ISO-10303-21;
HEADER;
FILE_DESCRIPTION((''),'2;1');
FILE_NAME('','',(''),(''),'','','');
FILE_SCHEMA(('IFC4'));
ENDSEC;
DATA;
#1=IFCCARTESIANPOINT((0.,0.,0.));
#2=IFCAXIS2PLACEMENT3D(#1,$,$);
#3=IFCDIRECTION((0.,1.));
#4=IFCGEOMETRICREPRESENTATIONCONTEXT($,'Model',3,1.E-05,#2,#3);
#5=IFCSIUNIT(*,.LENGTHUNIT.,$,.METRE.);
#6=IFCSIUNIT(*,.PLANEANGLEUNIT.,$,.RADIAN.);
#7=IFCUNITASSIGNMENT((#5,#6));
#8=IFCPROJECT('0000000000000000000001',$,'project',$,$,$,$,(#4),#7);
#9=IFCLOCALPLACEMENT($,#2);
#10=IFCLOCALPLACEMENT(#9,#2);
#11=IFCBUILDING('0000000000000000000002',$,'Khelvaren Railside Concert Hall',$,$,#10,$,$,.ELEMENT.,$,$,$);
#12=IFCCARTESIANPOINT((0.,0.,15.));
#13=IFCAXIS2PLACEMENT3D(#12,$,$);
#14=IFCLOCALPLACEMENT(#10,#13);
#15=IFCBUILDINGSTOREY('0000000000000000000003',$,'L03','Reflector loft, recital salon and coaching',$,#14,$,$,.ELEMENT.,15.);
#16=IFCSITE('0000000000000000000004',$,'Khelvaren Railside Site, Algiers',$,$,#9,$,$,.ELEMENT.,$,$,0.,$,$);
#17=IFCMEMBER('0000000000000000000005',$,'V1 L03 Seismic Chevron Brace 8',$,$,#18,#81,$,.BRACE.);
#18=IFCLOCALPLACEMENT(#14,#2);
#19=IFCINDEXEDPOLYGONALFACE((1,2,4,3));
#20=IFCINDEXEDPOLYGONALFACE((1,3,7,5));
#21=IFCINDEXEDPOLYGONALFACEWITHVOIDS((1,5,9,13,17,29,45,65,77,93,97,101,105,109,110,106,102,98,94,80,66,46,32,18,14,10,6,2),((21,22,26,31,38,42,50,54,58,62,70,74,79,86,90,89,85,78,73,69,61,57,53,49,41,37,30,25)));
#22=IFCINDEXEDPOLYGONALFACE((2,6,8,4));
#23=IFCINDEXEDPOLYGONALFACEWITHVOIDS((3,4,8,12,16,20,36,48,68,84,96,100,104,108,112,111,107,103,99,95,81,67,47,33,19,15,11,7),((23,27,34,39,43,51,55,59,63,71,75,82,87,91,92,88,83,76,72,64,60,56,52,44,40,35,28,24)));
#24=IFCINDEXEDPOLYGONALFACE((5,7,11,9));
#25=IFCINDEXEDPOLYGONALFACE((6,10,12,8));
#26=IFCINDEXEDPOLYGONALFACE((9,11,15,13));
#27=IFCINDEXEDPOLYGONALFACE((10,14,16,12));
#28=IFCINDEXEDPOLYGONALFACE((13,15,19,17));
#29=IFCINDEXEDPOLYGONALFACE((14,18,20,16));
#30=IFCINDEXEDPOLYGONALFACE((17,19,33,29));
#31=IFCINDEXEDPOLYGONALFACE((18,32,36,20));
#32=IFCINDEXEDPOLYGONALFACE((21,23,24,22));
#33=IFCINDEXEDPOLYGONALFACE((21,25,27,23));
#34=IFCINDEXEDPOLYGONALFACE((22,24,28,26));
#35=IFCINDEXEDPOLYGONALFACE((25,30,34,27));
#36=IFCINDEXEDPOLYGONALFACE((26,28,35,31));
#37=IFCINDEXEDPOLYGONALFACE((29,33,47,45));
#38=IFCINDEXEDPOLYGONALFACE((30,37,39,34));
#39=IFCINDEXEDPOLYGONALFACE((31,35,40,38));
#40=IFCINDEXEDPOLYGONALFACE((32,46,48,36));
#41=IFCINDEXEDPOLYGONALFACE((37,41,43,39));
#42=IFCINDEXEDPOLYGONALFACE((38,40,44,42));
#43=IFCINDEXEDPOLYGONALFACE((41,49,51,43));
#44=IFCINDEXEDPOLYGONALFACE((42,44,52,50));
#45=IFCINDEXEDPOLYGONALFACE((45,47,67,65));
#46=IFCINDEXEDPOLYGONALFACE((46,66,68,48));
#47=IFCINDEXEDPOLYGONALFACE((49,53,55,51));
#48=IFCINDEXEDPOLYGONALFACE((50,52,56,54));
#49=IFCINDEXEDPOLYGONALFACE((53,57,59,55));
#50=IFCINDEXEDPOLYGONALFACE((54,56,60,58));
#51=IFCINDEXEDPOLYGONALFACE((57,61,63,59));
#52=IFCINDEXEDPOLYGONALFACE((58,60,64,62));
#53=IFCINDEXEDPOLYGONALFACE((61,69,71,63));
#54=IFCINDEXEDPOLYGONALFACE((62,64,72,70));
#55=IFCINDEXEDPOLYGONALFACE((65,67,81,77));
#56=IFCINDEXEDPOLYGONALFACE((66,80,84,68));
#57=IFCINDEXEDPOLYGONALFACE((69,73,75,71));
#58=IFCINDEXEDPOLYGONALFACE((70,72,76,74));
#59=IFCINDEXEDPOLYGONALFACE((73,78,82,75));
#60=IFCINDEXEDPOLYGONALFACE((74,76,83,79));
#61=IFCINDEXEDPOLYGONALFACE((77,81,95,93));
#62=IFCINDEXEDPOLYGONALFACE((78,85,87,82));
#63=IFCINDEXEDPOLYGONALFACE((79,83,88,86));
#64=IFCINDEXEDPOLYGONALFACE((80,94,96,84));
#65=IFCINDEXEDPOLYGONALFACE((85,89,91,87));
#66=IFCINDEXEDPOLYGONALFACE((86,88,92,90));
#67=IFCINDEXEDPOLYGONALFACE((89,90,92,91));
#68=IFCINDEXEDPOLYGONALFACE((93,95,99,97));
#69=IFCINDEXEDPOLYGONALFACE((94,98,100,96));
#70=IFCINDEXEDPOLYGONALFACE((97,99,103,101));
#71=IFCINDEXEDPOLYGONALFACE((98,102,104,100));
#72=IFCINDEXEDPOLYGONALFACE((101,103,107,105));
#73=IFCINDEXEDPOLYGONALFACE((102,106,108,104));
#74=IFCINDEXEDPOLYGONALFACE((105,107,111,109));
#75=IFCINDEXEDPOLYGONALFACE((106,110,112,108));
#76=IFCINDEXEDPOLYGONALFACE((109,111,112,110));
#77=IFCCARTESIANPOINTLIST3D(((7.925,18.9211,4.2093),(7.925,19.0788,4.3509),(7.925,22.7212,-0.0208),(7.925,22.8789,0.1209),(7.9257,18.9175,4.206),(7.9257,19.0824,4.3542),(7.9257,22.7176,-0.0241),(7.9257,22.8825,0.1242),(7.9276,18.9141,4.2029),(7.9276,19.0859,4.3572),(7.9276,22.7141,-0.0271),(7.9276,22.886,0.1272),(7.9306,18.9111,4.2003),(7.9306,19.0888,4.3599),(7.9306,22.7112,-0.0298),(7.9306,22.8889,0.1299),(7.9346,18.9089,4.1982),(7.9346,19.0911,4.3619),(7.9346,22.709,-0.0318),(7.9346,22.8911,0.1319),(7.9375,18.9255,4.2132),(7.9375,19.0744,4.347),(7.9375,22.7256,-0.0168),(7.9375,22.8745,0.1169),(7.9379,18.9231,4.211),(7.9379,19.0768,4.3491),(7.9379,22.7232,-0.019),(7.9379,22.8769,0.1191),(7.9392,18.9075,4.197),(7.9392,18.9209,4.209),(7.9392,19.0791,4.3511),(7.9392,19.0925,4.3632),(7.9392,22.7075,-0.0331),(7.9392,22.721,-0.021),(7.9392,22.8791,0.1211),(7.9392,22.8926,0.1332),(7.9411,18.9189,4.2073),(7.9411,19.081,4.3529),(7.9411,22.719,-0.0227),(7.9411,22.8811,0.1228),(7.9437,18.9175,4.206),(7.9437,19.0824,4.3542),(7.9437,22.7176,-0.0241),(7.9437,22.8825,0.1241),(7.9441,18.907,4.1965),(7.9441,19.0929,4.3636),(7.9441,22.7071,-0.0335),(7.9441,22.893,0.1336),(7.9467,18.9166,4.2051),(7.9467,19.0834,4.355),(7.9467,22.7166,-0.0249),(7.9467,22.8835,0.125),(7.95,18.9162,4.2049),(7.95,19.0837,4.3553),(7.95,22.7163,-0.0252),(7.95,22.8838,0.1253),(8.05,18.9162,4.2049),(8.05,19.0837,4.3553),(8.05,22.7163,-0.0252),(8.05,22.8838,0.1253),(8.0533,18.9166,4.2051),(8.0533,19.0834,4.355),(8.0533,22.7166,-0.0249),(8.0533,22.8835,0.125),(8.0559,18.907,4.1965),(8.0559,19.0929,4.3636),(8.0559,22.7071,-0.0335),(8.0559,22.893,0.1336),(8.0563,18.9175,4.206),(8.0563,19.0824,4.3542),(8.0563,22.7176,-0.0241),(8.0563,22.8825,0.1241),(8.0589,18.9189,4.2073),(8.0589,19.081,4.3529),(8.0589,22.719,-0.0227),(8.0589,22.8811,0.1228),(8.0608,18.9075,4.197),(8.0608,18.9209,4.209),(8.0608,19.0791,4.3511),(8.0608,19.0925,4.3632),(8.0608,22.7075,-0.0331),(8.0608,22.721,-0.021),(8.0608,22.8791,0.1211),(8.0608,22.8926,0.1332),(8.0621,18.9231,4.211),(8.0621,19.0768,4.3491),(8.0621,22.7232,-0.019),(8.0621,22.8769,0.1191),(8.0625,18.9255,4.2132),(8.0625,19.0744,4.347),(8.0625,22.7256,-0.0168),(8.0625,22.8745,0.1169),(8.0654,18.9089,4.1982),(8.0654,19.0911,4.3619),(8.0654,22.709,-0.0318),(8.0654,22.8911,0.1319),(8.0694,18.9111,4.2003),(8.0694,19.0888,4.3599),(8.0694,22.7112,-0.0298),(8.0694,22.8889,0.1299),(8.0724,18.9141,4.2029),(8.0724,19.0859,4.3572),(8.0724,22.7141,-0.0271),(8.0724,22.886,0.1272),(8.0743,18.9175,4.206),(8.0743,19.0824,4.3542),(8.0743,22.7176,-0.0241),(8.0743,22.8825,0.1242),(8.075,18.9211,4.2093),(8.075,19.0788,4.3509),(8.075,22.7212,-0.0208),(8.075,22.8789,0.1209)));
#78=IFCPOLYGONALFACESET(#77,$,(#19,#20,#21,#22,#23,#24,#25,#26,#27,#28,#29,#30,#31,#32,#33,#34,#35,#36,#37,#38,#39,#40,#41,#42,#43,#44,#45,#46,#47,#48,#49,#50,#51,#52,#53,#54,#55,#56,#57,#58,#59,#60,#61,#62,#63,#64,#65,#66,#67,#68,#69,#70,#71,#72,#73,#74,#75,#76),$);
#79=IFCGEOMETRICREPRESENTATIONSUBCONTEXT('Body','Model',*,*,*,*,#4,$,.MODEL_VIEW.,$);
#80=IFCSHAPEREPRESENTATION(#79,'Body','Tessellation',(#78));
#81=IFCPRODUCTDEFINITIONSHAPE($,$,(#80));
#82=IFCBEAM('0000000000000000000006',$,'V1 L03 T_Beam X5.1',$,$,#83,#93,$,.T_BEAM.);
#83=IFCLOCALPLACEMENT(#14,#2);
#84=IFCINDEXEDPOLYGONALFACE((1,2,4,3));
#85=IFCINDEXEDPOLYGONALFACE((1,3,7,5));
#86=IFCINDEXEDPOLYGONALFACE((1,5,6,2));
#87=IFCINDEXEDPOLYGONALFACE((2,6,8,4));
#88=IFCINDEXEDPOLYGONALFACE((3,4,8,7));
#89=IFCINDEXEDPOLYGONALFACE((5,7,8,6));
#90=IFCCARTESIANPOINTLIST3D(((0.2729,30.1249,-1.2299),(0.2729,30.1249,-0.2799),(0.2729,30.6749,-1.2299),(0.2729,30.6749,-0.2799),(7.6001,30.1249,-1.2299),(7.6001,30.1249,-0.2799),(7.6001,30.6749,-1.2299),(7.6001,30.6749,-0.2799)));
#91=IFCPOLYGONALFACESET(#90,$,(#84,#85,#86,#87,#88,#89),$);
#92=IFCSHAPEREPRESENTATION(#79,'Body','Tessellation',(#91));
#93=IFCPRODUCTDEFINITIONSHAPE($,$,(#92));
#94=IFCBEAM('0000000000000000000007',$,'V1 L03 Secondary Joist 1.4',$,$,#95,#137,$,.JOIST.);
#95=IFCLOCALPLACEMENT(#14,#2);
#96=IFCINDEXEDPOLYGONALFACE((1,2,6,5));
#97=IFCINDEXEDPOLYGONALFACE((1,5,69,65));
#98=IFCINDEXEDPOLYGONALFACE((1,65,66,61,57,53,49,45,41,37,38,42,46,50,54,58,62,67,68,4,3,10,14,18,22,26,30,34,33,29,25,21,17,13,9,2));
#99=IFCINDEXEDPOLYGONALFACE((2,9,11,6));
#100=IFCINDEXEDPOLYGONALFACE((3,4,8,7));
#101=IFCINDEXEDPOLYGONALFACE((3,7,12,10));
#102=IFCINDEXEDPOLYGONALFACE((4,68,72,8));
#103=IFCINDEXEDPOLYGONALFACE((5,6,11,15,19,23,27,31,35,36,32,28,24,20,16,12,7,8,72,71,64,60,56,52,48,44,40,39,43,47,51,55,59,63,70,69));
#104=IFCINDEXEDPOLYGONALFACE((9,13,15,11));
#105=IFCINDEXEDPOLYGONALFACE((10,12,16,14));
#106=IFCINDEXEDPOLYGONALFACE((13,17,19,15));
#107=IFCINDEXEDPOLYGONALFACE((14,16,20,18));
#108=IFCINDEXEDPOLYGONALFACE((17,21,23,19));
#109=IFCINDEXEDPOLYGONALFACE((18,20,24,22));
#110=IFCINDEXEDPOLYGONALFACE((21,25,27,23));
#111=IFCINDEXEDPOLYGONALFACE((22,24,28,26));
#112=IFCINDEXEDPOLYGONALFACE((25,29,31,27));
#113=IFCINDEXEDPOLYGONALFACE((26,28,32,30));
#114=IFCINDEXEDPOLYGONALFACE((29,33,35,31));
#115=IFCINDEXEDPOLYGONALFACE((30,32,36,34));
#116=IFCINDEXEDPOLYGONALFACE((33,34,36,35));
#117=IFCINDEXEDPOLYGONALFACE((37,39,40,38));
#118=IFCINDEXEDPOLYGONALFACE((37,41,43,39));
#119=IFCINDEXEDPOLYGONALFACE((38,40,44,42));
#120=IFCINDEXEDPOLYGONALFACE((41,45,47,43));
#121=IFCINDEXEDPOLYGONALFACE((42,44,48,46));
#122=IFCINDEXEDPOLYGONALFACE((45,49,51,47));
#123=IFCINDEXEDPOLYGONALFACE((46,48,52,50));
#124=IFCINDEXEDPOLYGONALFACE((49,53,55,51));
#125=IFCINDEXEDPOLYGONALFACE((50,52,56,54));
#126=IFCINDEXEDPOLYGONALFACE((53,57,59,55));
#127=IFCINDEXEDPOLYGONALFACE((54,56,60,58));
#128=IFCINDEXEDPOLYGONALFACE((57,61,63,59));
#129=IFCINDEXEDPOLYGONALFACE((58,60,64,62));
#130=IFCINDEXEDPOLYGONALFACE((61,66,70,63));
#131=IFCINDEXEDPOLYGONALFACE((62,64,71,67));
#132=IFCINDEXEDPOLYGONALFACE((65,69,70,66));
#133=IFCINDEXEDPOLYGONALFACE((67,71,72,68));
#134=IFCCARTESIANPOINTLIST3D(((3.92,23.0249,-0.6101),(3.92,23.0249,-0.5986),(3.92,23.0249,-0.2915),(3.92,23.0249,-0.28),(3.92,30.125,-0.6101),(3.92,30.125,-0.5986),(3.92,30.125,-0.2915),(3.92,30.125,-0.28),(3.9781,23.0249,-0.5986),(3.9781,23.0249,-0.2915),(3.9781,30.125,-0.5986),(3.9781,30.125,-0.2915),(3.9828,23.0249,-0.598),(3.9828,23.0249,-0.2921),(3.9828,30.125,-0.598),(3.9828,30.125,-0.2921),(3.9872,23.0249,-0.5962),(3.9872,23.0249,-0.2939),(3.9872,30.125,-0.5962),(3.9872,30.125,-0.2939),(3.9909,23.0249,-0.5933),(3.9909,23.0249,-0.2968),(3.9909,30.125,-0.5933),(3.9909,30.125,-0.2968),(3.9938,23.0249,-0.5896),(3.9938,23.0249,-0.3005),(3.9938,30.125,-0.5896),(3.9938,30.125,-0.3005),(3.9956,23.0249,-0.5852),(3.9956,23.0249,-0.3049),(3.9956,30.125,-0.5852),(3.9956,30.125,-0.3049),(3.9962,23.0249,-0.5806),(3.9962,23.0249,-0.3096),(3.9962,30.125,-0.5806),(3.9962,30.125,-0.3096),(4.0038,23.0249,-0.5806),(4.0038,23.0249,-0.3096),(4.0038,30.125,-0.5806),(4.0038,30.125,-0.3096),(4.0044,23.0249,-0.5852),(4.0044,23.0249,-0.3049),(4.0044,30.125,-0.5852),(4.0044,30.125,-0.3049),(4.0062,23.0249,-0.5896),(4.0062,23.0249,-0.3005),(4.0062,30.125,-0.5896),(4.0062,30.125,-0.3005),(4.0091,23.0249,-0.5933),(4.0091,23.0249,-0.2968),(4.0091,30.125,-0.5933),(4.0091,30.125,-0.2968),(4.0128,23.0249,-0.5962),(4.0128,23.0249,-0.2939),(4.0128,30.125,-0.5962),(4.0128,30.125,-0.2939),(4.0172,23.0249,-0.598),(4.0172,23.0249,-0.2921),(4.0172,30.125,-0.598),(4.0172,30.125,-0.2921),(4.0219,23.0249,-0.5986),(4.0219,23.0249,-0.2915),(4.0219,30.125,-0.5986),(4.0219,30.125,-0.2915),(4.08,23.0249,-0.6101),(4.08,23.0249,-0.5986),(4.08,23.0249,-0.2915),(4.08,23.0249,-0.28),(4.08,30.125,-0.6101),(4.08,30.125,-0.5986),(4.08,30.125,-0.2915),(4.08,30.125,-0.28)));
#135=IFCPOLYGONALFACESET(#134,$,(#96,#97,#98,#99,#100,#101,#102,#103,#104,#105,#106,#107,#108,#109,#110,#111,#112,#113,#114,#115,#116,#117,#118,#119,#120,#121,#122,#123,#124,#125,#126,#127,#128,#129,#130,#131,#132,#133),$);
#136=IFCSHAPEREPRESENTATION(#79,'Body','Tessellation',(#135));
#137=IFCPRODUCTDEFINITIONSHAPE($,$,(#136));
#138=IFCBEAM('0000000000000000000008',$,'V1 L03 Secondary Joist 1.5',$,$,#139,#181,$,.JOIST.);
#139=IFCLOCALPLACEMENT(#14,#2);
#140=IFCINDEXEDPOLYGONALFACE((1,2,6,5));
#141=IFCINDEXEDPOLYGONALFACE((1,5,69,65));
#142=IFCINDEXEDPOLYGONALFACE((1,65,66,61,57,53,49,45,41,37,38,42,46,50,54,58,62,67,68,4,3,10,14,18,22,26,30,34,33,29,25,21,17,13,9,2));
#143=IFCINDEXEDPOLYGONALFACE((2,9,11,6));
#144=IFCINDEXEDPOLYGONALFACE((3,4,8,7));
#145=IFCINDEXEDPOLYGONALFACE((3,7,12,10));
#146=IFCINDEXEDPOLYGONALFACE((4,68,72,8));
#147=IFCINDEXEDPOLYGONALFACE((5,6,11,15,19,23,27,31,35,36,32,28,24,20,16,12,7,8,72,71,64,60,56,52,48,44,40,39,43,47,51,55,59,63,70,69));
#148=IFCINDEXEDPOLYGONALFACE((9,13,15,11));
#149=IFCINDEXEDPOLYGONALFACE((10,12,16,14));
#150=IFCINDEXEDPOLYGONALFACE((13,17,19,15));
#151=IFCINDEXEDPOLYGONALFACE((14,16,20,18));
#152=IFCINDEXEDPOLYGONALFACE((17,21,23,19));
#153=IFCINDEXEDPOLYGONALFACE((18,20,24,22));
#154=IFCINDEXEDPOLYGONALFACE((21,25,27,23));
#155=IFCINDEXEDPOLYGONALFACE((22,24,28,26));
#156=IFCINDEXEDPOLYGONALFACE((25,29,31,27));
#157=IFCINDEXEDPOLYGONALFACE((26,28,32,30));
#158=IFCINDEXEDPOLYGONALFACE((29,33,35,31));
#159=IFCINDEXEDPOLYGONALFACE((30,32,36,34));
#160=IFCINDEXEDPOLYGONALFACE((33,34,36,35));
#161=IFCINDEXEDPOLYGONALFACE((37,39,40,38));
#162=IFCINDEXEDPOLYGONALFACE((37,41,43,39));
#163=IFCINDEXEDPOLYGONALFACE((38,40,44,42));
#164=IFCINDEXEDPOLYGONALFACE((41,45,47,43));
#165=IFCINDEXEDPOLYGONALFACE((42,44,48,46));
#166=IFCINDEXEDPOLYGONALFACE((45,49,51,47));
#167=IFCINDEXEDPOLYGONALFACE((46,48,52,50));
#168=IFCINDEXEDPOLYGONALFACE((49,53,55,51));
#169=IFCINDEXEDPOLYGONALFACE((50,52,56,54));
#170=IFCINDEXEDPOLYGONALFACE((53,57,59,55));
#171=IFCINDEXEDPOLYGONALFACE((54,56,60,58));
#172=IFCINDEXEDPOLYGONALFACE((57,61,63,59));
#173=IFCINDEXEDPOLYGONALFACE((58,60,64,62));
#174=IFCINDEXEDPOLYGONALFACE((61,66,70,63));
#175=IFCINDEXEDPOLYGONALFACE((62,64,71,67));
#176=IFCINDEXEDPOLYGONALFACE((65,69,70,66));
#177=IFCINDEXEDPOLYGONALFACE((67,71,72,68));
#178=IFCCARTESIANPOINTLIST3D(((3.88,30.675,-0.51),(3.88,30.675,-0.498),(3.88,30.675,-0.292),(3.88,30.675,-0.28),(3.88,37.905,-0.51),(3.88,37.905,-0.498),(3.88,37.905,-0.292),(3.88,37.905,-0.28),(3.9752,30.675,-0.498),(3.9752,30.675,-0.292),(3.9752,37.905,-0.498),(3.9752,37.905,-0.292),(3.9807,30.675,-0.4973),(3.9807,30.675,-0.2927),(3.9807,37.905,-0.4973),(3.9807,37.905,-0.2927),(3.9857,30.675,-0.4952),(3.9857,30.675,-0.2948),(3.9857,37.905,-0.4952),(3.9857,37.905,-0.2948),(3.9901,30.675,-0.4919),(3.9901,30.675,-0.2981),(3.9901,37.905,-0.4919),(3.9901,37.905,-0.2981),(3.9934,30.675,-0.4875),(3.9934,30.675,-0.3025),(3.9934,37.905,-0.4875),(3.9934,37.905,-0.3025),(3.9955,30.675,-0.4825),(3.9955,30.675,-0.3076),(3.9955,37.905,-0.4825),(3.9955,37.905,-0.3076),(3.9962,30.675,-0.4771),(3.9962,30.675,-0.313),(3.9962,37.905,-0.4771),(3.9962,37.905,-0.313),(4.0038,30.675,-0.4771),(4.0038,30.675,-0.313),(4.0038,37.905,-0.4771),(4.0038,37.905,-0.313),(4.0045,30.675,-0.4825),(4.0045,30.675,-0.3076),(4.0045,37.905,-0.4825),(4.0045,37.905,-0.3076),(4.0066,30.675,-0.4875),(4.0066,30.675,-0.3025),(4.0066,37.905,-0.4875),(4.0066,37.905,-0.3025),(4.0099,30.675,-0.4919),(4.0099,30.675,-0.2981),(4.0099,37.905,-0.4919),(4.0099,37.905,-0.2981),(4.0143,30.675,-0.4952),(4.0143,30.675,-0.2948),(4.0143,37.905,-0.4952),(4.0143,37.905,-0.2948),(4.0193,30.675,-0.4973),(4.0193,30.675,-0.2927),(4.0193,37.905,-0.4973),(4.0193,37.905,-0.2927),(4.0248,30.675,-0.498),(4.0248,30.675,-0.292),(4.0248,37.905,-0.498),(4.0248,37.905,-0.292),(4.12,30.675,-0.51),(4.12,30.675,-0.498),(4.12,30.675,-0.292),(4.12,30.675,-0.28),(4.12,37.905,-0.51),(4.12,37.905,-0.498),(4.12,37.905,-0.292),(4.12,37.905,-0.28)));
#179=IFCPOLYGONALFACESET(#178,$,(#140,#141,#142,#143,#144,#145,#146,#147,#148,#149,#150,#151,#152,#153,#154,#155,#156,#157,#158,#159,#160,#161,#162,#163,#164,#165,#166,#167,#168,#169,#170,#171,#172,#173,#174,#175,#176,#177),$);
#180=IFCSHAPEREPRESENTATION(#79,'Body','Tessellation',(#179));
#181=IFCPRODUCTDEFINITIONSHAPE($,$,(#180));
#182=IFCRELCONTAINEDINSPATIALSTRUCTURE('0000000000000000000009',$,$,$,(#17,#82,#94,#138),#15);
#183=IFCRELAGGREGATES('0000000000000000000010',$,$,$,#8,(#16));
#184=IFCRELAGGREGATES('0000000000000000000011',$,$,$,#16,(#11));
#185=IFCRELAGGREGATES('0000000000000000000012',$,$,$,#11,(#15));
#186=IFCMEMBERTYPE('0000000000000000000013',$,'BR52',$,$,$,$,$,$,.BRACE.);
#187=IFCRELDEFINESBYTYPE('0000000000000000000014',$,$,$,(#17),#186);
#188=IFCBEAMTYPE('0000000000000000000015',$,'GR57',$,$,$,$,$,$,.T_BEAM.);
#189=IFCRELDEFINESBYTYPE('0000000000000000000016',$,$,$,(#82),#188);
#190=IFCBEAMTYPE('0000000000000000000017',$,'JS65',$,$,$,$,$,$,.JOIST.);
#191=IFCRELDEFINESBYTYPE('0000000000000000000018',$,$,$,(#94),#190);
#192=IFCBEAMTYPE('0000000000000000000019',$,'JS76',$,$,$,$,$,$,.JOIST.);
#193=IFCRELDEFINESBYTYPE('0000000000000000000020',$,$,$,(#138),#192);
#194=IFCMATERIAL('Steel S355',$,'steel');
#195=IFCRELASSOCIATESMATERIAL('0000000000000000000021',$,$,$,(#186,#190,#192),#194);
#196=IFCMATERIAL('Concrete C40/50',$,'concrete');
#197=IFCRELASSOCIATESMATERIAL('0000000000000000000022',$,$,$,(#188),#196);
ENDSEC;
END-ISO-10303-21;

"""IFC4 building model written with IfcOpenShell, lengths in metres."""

from ifc_helpers import new_model, si_unit, direction, frame, origin, origin_2d, place, context, subcontext, project, spatial, rectangle, hollow_rectangle, i_section, extrude, material, material_profile, profile_set, type_object, element, save


model = new_model("IFC4")

# Units and contexts
model_context = context("Model", 3, precision=1e-05, world=origin(), true_north=direction((0.0, 1.0)))
body_context = subcontext(model_context, "Body", "Model", "MODEL_VIEW")
ifc_project = project(units=[si_unit("LENGTHUNIT", "METRE"), si_unit("PLANEANGLEUNIT", "RADIAN")], contexts=[model_context])

# Site, building, storey
site_placement = place(None, origin())
site = spatial("IfcSite", under=ifc_project, at=site_placement, Name="Khelvaren Railside Site, Algiers", CompositionType="ELEMENT", RefElevation=0.0)
building_placement = place(site_placement, origin())
building = spatial("IfcBuilding", under=site, at=building_placement, Name="Khelvaren Railside Concert Hall", CompositionType="ELEMENT")
storey_placement = place(building_placement, frame((0.0, 0.0, 15.0)))
storey = spatial("IfcBuildingStorey", under=building, at=storey_placement, Name="L03", Description="Reflector loft, recital salon and coaching", CompositionType="ELEMENT", Elevation=15.0)

# Shared definitions
ifc_material_1 = material(Name="Concrete C40/50", Category="concrete")
ifc_material_2 = material(Name="Steel S355", Category="steel")

# Member
ifc_material_profile_1 = material_profile(ifc_material_2, hollow_rectangle(XDim=0.1499, YDim=0.25, WallThickness=0.0125, InnerFilletRadius=0.0125, OuterFilletRadius=0.019, at=origin_2d()), Name="RHS 250x150x12.5")
ifc_profile_set_1 = profile_set([ifc_material_profile_1], Name="Steel S355")
member_type_1 = type_object("IfcMemberType", Name="BR52", PredefinedType="BRACE", material=ifc_profile_set_1)
member_1_placement = place(storey_placement, frame((8.0, 22.8, 0.05), z_axis=(0.0, -0.668291, 0.7439), x_axis=(1.0, 0.0, 0.0)))
element("IfcMember", 1, at=member_1_placement, inside=storey, type_object=member_type_1, Name="V1 L03 Seismic Chevron Brace 8", PredefinedType="BRACE", context=body_context, shape_type="SweptSolid", body=[
    extrude(hollow_rectangle(XDim=0.1499, YDim=0.25, WallThickness=0.0125, InnerFilletRadius=0.0125, OuterFilletRadius=0.019, at=origin_2d()), origin(), (0.0, 0.0, 1.0), 5.6863),
])

# Beams
ifc_material_profile_2 = material_profile(ifc_material_1, rectangle(XDim=0.55, YDim=0.95, at=origin_2d()), Name="RCB 550x950")
ifc_profile_set_2 = profile_set([ifc_material_profile_2], Name="Concrete C40/50")
beam_type_1 = type_object("IfcBeamType", Name="GR57", PredefinedType="T_BEAM", material=ifc_profile_set_2)
beam_1_placement = place(storey_placement, frame((0.2729, 30.3999, -0.7549), z_axis=(1.0, 0.0, 0.0), x_axis=(0.0, 1.0, 0.0)))
element("IfcBeam", 2, at=beam_1_placement, inside=storey, type_object=beam_type_1, Name="V1 L03 T_Beam X5.1", PredefinedType="T_BEAM", context=body_context, shape_type="SweptSolid", body=[
    extrude(rectangle(XDim=0.55, YDim=0.95, at=origin_2d()), origin(), (0.0, 0.0, 1.0), 7.3271),
])
ifc_material_profile_3 = material_profile(ifc_material_2, i_section(OverallWidth=0.1599, OverallDepth=0.3301, WebThickness=0.0076, FlangeThickness=0.0115, FilletRadius=0.0181, at=origin_2d()), Name="IPE 330")
ifc_profile_set_3 = profile_set([ifc_material_profile_3], Name="Steel S355")
beam_type_2 = type_object("IfcBeamType", Name="JS65", PredefinedType="JOIST", material=ifc_profile_set_3)
beam_2_placement = place(storey_placement, frame((4.0, 23.0249, -0.4451), z_axis=(0.0, 1.0, 0.0), x_axis=(-1.0, 0.0, 0.0)))
element("IfcBeam", 3, at=beam_2_placement, inside=storey, type_object=beam_type_2, Name="V1 L03 Secondary Joist 1.4", PredefinedType="JOIST", context=body_context, shape_type="SweptSolid", body=[
    extrude(i_section(OverallWidth=0.1599, OverallDepth=0.3301, WebThickness=0.0076, FlangeThickness=0.0115, FilletRadius=0.0181, at=origin_2d()), origin(), (0.0, 0.0, 1.0), 7.1001),
])
ifc_material_profile_4 = material_profile(ifc_material_2, i_section(OverallWidth=0.24, OverallDepth=0.23, WebThickness=0.0076, FlangeThickness=0.012, FilletRadius=0.021, at=origin_2d()), Name="HEA 240")
ifc_profile_set_4 = profile_set([ifc_material_profile_4], Name="Steel S355")
beam_type_3 = type_object("IfcBeamType", Name="JS76", PredefinedType="JOIST", material=ifc_profile_set_4)
beam_3_placement = place(storey_placement, frame((4.0, 30.675, -0.395), z_axis=(0.0, 1.0, 0.0), x_axis=(-1.0, 0.0, 0.0)))
element("IfcBeam", 4, at=beam_3_placement, inside=storey, type_object=beam_type_3, Name="V1 L03 Secondary Joist 1.5", PredefinedType="JOIST", context=body_context, shape_type="SweptSolid", body=[
    extrude(i_section(OverallWidth=0.24, OverallDepth=0.23, WebThickness=0.0076, FlangeThickness=0.012, FilletRadius=0.021, at=origin_2d()), origin(), (0.0, 0.0, 1.0), 7.23),
])

save(model, "model.ifc")
